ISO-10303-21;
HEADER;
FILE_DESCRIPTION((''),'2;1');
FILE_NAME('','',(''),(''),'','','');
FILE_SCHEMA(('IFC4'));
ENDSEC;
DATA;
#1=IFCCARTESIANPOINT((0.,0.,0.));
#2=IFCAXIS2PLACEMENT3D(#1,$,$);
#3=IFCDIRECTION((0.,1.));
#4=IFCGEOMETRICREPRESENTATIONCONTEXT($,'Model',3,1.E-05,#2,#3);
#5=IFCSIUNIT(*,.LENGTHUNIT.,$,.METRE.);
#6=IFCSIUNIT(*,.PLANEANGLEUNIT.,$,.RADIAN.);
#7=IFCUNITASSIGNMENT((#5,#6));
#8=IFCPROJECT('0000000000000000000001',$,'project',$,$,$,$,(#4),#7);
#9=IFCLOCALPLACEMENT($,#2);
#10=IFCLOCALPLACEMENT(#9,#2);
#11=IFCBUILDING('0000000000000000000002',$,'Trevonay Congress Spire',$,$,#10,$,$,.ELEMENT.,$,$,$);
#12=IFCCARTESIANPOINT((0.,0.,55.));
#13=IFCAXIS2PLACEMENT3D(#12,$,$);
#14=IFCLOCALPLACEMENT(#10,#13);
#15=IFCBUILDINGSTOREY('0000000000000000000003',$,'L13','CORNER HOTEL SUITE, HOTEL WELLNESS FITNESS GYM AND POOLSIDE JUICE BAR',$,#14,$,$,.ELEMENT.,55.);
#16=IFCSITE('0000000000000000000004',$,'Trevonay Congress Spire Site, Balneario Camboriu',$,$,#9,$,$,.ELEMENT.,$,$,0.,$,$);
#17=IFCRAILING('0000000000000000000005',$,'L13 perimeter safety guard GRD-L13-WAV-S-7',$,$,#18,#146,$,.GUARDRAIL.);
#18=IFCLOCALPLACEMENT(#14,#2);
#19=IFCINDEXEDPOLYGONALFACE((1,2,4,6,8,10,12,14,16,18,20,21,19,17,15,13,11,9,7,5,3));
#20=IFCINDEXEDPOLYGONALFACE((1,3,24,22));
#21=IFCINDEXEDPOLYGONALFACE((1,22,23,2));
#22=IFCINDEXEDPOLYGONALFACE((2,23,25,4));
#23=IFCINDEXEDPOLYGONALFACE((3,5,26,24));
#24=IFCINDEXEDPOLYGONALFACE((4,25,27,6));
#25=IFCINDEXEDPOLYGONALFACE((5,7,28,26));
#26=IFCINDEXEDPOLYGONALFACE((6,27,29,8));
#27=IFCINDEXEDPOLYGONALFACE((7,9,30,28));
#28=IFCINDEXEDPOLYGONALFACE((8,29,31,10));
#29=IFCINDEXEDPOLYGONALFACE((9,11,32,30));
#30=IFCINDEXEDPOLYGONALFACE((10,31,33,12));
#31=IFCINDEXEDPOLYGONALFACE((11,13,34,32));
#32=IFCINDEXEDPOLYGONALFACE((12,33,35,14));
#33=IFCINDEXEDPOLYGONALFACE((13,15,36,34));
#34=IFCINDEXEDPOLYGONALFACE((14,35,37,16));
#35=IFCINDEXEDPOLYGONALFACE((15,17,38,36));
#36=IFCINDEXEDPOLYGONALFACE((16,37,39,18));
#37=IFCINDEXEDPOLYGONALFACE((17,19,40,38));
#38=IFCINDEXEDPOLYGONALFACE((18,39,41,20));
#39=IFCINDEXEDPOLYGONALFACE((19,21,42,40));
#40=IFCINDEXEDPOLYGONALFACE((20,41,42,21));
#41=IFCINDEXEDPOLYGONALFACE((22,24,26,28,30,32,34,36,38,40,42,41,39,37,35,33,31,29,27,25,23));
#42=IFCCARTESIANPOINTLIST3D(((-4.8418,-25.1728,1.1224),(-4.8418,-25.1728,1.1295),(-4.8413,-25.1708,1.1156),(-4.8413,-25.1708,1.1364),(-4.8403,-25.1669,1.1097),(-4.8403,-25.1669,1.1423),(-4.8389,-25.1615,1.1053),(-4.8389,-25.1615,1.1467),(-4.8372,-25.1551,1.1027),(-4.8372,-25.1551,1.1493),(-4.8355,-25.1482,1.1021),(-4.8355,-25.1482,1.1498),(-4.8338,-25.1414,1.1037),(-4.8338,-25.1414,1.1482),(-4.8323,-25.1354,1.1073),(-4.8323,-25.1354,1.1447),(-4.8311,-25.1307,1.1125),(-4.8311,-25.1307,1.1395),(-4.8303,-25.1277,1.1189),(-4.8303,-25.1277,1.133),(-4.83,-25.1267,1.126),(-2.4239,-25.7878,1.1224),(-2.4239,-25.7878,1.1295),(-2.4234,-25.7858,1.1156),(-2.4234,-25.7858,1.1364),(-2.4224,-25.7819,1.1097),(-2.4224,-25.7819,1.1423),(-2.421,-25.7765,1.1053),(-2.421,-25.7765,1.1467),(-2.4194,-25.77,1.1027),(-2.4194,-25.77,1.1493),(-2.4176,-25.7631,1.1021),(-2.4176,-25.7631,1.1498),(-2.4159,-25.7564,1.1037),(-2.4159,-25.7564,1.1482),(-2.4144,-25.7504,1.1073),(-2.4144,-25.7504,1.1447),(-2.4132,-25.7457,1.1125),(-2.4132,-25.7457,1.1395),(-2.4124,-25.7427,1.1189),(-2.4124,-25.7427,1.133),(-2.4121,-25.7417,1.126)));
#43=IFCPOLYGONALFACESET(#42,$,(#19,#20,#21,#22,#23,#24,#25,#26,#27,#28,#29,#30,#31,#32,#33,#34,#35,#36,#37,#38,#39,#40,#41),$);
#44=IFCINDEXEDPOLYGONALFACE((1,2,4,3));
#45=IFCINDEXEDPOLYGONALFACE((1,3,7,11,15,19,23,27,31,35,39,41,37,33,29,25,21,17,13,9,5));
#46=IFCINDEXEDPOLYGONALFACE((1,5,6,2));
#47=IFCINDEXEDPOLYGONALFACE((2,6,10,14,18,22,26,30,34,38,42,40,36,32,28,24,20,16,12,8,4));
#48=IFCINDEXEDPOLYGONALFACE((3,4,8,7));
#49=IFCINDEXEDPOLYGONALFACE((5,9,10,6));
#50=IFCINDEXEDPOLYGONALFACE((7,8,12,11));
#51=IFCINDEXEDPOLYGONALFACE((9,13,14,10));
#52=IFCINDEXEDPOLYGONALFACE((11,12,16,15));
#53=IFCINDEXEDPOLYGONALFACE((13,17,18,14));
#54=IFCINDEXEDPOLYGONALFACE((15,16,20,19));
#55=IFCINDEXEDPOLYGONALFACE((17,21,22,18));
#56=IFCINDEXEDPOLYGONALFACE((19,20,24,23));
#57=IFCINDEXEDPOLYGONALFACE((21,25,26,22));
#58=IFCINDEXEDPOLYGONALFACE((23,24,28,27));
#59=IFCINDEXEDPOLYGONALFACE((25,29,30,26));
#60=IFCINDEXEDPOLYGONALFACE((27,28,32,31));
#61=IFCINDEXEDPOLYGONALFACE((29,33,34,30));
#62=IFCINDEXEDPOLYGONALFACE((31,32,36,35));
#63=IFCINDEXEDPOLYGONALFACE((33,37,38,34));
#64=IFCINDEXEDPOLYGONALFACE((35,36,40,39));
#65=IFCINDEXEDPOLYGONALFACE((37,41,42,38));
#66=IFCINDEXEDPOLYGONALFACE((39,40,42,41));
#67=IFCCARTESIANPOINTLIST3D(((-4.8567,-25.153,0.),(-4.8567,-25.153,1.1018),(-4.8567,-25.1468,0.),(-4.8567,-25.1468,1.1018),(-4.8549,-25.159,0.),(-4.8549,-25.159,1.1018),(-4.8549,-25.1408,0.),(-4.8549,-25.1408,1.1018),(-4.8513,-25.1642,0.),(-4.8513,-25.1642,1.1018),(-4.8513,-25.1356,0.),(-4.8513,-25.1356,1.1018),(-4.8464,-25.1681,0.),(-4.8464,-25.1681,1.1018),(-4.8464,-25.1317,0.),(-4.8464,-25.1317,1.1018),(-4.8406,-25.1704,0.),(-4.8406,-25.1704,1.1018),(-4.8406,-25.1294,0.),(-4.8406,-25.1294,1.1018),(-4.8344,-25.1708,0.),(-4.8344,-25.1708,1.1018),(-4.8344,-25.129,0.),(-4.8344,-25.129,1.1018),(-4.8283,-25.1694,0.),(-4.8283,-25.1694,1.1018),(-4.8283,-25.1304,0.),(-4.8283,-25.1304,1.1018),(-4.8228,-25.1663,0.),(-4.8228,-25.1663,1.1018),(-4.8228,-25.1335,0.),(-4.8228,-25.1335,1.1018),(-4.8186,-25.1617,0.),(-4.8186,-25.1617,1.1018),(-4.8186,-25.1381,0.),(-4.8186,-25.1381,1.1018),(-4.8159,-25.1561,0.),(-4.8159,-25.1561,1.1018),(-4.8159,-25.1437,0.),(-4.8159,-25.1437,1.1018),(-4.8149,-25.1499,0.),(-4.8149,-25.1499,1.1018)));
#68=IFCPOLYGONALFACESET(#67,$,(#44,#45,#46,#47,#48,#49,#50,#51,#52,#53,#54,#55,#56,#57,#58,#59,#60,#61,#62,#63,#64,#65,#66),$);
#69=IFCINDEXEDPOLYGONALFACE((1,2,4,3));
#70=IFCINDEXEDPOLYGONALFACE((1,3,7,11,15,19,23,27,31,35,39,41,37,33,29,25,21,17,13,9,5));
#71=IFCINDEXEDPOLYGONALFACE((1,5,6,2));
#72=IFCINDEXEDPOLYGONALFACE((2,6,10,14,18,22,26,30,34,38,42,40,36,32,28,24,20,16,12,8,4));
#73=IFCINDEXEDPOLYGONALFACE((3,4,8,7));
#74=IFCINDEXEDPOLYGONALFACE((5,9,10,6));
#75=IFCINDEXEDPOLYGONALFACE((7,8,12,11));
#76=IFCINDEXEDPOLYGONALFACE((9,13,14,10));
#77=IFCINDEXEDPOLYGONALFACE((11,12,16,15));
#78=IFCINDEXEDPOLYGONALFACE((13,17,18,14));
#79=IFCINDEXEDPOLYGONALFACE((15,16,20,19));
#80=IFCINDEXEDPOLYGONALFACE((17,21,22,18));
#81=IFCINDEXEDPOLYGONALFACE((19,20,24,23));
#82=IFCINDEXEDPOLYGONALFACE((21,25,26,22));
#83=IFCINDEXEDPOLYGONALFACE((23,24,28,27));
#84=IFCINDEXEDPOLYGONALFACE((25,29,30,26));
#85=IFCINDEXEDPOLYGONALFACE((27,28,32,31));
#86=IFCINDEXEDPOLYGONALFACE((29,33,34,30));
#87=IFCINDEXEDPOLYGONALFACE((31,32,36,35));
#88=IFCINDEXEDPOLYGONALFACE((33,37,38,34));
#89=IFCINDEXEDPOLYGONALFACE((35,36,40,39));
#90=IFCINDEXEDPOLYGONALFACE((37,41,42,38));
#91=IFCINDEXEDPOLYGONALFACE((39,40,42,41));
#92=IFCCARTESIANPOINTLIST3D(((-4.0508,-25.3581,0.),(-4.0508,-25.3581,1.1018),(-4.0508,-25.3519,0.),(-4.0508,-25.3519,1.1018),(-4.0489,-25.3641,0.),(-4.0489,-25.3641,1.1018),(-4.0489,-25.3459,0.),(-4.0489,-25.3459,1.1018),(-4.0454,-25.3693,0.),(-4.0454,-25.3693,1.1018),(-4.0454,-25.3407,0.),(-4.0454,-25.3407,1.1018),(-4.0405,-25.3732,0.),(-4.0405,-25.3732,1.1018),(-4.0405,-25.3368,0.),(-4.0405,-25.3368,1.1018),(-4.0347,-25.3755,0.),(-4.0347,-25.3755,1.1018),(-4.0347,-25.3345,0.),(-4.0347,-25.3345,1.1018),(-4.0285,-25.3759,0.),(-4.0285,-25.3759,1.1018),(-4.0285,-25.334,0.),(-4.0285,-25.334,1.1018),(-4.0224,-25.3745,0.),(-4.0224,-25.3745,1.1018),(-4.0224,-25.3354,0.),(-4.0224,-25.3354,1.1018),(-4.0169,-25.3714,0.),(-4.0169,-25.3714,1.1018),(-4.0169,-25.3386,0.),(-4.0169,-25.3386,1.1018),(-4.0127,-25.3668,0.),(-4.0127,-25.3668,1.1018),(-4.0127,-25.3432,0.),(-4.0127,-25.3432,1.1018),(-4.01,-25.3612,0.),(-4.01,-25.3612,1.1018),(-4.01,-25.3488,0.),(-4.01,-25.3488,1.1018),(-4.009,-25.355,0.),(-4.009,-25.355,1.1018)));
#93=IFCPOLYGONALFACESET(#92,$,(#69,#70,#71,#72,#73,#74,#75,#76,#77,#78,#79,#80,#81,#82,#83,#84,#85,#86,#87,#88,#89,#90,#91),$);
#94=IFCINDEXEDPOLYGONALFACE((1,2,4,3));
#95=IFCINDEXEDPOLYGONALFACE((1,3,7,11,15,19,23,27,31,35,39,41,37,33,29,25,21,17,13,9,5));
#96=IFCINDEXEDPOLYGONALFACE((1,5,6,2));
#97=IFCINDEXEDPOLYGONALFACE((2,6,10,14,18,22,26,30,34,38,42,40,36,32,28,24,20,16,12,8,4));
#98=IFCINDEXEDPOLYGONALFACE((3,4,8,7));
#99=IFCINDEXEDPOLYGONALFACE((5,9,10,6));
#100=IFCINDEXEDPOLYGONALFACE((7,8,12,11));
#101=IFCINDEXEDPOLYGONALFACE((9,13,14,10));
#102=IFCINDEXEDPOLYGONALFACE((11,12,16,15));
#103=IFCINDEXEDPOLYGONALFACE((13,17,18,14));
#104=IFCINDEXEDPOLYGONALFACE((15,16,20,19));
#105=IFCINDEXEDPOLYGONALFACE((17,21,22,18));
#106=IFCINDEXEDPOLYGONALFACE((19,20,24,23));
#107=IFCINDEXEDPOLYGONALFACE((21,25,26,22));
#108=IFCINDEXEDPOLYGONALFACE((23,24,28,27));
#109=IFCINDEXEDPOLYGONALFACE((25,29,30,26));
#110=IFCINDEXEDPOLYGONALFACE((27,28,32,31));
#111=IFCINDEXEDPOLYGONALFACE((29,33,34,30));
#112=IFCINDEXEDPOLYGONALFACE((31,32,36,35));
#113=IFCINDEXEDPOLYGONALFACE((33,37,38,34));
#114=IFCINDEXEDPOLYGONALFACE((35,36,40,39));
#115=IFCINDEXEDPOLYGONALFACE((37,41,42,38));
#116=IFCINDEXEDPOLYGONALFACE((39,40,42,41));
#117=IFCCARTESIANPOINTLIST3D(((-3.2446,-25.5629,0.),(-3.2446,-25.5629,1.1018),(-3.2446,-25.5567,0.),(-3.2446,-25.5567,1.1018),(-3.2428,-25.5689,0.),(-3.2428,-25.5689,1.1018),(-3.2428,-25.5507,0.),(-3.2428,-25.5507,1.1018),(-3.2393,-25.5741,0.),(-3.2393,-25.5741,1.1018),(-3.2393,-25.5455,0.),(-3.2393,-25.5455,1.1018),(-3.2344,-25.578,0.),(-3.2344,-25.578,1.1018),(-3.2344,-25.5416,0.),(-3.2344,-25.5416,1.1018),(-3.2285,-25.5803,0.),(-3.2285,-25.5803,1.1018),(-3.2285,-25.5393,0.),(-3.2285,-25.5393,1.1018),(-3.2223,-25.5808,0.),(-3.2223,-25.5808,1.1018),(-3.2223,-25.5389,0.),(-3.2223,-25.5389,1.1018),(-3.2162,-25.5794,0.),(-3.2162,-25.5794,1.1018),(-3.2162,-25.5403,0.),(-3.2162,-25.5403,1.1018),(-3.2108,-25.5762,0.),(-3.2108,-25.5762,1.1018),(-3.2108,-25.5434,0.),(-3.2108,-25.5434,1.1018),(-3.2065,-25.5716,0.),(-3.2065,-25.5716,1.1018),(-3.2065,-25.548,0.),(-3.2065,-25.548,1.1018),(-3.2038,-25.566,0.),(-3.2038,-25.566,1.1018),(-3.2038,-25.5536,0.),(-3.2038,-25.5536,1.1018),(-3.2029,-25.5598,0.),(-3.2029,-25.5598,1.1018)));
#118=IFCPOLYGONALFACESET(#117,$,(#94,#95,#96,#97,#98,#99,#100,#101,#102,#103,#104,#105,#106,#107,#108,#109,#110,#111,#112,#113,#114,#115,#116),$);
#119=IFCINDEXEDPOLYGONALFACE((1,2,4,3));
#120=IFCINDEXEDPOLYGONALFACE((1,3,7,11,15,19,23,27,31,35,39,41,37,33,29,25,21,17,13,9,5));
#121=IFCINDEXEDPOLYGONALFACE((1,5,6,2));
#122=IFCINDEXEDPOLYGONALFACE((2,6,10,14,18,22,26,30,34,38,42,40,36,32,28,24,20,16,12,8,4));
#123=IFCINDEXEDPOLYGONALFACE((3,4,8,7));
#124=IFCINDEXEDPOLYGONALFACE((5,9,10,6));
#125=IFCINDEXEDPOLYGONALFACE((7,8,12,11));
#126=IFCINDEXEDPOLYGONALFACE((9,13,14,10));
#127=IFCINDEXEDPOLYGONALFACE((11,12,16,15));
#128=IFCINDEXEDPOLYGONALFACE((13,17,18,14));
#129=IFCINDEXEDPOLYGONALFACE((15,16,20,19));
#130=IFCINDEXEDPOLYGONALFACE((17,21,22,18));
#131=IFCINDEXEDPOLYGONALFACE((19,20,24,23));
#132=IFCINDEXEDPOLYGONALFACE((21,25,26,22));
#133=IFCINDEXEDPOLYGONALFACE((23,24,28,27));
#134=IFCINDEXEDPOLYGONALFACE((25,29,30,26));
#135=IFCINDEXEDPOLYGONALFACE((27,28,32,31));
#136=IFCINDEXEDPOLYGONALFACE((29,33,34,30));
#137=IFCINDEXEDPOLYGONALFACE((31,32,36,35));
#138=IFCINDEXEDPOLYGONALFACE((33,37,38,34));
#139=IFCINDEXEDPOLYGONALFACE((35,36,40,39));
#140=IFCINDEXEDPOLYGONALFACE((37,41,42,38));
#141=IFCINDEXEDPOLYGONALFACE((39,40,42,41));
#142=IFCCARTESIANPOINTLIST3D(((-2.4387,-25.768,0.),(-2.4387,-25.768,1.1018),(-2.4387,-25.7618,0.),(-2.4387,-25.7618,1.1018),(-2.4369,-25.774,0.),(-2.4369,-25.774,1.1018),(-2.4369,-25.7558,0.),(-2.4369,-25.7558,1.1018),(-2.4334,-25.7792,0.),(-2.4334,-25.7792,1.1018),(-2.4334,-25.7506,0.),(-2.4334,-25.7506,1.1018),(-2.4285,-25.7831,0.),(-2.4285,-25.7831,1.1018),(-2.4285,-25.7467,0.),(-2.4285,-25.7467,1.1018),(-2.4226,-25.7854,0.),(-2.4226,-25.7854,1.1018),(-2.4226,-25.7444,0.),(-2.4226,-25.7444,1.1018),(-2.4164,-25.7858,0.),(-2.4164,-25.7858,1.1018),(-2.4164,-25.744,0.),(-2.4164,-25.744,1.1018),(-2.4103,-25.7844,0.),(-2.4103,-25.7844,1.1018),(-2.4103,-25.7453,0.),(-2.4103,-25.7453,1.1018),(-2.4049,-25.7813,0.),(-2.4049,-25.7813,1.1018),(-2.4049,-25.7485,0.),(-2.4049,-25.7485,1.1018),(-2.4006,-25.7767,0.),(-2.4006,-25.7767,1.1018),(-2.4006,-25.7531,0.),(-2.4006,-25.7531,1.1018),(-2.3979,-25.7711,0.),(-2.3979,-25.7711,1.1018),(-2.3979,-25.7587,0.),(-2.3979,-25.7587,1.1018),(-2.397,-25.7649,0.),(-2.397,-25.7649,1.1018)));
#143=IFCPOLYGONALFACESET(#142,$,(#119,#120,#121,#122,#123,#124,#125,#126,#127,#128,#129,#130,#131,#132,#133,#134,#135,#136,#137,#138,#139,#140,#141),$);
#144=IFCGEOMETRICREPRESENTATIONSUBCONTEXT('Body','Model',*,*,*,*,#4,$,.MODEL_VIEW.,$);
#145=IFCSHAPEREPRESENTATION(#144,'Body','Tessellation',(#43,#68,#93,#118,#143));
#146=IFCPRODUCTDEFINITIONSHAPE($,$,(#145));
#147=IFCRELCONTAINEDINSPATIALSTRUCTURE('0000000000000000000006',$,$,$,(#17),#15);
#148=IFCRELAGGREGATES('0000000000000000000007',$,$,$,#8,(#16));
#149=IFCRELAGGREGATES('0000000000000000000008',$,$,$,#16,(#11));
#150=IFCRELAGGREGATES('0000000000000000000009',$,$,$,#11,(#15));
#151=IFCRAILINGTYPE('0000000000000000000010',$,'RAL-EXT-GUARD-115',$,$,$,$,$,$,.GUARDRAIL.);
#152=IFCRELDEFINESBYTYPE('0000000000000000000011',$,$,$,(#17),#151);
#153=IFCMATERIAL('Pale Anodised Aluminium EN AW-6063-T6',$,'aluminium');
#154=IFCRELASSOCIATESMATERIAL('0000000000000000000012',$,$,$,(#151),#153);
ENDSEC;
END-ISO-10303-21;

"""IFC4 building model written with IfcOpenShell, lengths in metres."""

from ifc_helpers import new_model, si_unit, direction, frame, origin, origin_2d, place, context, subcontext, project, spatial, circle, extrude, material, type_object, element, save


model = new_model("IFC4")

# Units and contexts
model_context = context("Model", 3, precision=1e-05, world=origin(), true_north=direction((0.0, 1.0)))
body_context = subcontext(model_context, "Body", "Model", "MODEL_VIEW")
ifc_project = project(units=[si_unit("LENGTHUNIT", "METRE"), si_unit("PLANEANGLEUNIT", "RADIAN")], contexts=[model_context])

# Site, building, storey
site_placement = place(None, origin())
site = spatial("IfcSite", under=ifc_project, at=site_placement, Name="Trevonay Congress Spire Site, Balneario Camboriu", CompositionType="ELEMENT", RefElevation=0.0)
building_placement = place(site_placement, origin())
building = spatial("IfcBuilding", under=site, at=building_placement, Name="Trevonay Congress Spire", CompositionType="ELEMENT")
storey_placement = place(building_placement, frame((0.0, 0.0, 55.0)))
storey = spatial("IfcBuildingStorey", under=building, at=storey_placement, Name="L13", Description="CORNER HOTEL SUITE, HOTEL WELLNESS FITNESS GYM AND POOLSIDE JUICE BAR", CompositionType="ELEMENT", Elevation=55.0)

# Shared definitions
ifc_material_1 = material(Name="Pale Anodised Aluminium EN AW-6063-T6", Category="aluminium")

# Railing
railing_type = type_object("IfcRailingType", Name="RAL-EXT-GUARD-115", PredefinedType="GUARDRAIL", material=ifc_material_1)
railing_1_placement = place(storey_placement, frame((-4.8359, -25.1499, 0.0)))
element("IfcRailing", 1, at=railing_1_placement, inside=storey, type_object=railing_type, Name="L13 perimeter safety guard GRD-L13-WAV-S-7", PredefinedType="GUARDRAIL", context=body_context, shape_type="SweptSolid", body=[
    extrude(circle(Radius=0.0239, at=origin_2d()), frame((0.0, 0.0, 1.126), z_axis=(0.969144, -0.246494, 0.0), x_axis=(0.246494, 0.969144, 0.0)), (0.0, 0.0, 1.0), 2.4949),
    extrude(circle(Radius=0.021, at=origin_2d()), origin(), (0.0, 0.0, 1.0), 1.1018),
    extrude(circle(Radius=0.021, at=origin_2d()), frame((0.8059, -0.2051, 0.0)), (0.0, 0.0, 1.0), 1.1018),
    extrude(circle(Radius=0.021, at=origin_2d()), frame((1.6121, -0.4099, 0.0)), (0.0, 0.0, 1.0), 1.1018),
    extrude(circle(Radius=0.021, at=origin_2d()), frame((2.418, -0.615, 0.0)), (0.0, 0.0, 1.0), 1.1018),
])

save(model, "model.ifc")
